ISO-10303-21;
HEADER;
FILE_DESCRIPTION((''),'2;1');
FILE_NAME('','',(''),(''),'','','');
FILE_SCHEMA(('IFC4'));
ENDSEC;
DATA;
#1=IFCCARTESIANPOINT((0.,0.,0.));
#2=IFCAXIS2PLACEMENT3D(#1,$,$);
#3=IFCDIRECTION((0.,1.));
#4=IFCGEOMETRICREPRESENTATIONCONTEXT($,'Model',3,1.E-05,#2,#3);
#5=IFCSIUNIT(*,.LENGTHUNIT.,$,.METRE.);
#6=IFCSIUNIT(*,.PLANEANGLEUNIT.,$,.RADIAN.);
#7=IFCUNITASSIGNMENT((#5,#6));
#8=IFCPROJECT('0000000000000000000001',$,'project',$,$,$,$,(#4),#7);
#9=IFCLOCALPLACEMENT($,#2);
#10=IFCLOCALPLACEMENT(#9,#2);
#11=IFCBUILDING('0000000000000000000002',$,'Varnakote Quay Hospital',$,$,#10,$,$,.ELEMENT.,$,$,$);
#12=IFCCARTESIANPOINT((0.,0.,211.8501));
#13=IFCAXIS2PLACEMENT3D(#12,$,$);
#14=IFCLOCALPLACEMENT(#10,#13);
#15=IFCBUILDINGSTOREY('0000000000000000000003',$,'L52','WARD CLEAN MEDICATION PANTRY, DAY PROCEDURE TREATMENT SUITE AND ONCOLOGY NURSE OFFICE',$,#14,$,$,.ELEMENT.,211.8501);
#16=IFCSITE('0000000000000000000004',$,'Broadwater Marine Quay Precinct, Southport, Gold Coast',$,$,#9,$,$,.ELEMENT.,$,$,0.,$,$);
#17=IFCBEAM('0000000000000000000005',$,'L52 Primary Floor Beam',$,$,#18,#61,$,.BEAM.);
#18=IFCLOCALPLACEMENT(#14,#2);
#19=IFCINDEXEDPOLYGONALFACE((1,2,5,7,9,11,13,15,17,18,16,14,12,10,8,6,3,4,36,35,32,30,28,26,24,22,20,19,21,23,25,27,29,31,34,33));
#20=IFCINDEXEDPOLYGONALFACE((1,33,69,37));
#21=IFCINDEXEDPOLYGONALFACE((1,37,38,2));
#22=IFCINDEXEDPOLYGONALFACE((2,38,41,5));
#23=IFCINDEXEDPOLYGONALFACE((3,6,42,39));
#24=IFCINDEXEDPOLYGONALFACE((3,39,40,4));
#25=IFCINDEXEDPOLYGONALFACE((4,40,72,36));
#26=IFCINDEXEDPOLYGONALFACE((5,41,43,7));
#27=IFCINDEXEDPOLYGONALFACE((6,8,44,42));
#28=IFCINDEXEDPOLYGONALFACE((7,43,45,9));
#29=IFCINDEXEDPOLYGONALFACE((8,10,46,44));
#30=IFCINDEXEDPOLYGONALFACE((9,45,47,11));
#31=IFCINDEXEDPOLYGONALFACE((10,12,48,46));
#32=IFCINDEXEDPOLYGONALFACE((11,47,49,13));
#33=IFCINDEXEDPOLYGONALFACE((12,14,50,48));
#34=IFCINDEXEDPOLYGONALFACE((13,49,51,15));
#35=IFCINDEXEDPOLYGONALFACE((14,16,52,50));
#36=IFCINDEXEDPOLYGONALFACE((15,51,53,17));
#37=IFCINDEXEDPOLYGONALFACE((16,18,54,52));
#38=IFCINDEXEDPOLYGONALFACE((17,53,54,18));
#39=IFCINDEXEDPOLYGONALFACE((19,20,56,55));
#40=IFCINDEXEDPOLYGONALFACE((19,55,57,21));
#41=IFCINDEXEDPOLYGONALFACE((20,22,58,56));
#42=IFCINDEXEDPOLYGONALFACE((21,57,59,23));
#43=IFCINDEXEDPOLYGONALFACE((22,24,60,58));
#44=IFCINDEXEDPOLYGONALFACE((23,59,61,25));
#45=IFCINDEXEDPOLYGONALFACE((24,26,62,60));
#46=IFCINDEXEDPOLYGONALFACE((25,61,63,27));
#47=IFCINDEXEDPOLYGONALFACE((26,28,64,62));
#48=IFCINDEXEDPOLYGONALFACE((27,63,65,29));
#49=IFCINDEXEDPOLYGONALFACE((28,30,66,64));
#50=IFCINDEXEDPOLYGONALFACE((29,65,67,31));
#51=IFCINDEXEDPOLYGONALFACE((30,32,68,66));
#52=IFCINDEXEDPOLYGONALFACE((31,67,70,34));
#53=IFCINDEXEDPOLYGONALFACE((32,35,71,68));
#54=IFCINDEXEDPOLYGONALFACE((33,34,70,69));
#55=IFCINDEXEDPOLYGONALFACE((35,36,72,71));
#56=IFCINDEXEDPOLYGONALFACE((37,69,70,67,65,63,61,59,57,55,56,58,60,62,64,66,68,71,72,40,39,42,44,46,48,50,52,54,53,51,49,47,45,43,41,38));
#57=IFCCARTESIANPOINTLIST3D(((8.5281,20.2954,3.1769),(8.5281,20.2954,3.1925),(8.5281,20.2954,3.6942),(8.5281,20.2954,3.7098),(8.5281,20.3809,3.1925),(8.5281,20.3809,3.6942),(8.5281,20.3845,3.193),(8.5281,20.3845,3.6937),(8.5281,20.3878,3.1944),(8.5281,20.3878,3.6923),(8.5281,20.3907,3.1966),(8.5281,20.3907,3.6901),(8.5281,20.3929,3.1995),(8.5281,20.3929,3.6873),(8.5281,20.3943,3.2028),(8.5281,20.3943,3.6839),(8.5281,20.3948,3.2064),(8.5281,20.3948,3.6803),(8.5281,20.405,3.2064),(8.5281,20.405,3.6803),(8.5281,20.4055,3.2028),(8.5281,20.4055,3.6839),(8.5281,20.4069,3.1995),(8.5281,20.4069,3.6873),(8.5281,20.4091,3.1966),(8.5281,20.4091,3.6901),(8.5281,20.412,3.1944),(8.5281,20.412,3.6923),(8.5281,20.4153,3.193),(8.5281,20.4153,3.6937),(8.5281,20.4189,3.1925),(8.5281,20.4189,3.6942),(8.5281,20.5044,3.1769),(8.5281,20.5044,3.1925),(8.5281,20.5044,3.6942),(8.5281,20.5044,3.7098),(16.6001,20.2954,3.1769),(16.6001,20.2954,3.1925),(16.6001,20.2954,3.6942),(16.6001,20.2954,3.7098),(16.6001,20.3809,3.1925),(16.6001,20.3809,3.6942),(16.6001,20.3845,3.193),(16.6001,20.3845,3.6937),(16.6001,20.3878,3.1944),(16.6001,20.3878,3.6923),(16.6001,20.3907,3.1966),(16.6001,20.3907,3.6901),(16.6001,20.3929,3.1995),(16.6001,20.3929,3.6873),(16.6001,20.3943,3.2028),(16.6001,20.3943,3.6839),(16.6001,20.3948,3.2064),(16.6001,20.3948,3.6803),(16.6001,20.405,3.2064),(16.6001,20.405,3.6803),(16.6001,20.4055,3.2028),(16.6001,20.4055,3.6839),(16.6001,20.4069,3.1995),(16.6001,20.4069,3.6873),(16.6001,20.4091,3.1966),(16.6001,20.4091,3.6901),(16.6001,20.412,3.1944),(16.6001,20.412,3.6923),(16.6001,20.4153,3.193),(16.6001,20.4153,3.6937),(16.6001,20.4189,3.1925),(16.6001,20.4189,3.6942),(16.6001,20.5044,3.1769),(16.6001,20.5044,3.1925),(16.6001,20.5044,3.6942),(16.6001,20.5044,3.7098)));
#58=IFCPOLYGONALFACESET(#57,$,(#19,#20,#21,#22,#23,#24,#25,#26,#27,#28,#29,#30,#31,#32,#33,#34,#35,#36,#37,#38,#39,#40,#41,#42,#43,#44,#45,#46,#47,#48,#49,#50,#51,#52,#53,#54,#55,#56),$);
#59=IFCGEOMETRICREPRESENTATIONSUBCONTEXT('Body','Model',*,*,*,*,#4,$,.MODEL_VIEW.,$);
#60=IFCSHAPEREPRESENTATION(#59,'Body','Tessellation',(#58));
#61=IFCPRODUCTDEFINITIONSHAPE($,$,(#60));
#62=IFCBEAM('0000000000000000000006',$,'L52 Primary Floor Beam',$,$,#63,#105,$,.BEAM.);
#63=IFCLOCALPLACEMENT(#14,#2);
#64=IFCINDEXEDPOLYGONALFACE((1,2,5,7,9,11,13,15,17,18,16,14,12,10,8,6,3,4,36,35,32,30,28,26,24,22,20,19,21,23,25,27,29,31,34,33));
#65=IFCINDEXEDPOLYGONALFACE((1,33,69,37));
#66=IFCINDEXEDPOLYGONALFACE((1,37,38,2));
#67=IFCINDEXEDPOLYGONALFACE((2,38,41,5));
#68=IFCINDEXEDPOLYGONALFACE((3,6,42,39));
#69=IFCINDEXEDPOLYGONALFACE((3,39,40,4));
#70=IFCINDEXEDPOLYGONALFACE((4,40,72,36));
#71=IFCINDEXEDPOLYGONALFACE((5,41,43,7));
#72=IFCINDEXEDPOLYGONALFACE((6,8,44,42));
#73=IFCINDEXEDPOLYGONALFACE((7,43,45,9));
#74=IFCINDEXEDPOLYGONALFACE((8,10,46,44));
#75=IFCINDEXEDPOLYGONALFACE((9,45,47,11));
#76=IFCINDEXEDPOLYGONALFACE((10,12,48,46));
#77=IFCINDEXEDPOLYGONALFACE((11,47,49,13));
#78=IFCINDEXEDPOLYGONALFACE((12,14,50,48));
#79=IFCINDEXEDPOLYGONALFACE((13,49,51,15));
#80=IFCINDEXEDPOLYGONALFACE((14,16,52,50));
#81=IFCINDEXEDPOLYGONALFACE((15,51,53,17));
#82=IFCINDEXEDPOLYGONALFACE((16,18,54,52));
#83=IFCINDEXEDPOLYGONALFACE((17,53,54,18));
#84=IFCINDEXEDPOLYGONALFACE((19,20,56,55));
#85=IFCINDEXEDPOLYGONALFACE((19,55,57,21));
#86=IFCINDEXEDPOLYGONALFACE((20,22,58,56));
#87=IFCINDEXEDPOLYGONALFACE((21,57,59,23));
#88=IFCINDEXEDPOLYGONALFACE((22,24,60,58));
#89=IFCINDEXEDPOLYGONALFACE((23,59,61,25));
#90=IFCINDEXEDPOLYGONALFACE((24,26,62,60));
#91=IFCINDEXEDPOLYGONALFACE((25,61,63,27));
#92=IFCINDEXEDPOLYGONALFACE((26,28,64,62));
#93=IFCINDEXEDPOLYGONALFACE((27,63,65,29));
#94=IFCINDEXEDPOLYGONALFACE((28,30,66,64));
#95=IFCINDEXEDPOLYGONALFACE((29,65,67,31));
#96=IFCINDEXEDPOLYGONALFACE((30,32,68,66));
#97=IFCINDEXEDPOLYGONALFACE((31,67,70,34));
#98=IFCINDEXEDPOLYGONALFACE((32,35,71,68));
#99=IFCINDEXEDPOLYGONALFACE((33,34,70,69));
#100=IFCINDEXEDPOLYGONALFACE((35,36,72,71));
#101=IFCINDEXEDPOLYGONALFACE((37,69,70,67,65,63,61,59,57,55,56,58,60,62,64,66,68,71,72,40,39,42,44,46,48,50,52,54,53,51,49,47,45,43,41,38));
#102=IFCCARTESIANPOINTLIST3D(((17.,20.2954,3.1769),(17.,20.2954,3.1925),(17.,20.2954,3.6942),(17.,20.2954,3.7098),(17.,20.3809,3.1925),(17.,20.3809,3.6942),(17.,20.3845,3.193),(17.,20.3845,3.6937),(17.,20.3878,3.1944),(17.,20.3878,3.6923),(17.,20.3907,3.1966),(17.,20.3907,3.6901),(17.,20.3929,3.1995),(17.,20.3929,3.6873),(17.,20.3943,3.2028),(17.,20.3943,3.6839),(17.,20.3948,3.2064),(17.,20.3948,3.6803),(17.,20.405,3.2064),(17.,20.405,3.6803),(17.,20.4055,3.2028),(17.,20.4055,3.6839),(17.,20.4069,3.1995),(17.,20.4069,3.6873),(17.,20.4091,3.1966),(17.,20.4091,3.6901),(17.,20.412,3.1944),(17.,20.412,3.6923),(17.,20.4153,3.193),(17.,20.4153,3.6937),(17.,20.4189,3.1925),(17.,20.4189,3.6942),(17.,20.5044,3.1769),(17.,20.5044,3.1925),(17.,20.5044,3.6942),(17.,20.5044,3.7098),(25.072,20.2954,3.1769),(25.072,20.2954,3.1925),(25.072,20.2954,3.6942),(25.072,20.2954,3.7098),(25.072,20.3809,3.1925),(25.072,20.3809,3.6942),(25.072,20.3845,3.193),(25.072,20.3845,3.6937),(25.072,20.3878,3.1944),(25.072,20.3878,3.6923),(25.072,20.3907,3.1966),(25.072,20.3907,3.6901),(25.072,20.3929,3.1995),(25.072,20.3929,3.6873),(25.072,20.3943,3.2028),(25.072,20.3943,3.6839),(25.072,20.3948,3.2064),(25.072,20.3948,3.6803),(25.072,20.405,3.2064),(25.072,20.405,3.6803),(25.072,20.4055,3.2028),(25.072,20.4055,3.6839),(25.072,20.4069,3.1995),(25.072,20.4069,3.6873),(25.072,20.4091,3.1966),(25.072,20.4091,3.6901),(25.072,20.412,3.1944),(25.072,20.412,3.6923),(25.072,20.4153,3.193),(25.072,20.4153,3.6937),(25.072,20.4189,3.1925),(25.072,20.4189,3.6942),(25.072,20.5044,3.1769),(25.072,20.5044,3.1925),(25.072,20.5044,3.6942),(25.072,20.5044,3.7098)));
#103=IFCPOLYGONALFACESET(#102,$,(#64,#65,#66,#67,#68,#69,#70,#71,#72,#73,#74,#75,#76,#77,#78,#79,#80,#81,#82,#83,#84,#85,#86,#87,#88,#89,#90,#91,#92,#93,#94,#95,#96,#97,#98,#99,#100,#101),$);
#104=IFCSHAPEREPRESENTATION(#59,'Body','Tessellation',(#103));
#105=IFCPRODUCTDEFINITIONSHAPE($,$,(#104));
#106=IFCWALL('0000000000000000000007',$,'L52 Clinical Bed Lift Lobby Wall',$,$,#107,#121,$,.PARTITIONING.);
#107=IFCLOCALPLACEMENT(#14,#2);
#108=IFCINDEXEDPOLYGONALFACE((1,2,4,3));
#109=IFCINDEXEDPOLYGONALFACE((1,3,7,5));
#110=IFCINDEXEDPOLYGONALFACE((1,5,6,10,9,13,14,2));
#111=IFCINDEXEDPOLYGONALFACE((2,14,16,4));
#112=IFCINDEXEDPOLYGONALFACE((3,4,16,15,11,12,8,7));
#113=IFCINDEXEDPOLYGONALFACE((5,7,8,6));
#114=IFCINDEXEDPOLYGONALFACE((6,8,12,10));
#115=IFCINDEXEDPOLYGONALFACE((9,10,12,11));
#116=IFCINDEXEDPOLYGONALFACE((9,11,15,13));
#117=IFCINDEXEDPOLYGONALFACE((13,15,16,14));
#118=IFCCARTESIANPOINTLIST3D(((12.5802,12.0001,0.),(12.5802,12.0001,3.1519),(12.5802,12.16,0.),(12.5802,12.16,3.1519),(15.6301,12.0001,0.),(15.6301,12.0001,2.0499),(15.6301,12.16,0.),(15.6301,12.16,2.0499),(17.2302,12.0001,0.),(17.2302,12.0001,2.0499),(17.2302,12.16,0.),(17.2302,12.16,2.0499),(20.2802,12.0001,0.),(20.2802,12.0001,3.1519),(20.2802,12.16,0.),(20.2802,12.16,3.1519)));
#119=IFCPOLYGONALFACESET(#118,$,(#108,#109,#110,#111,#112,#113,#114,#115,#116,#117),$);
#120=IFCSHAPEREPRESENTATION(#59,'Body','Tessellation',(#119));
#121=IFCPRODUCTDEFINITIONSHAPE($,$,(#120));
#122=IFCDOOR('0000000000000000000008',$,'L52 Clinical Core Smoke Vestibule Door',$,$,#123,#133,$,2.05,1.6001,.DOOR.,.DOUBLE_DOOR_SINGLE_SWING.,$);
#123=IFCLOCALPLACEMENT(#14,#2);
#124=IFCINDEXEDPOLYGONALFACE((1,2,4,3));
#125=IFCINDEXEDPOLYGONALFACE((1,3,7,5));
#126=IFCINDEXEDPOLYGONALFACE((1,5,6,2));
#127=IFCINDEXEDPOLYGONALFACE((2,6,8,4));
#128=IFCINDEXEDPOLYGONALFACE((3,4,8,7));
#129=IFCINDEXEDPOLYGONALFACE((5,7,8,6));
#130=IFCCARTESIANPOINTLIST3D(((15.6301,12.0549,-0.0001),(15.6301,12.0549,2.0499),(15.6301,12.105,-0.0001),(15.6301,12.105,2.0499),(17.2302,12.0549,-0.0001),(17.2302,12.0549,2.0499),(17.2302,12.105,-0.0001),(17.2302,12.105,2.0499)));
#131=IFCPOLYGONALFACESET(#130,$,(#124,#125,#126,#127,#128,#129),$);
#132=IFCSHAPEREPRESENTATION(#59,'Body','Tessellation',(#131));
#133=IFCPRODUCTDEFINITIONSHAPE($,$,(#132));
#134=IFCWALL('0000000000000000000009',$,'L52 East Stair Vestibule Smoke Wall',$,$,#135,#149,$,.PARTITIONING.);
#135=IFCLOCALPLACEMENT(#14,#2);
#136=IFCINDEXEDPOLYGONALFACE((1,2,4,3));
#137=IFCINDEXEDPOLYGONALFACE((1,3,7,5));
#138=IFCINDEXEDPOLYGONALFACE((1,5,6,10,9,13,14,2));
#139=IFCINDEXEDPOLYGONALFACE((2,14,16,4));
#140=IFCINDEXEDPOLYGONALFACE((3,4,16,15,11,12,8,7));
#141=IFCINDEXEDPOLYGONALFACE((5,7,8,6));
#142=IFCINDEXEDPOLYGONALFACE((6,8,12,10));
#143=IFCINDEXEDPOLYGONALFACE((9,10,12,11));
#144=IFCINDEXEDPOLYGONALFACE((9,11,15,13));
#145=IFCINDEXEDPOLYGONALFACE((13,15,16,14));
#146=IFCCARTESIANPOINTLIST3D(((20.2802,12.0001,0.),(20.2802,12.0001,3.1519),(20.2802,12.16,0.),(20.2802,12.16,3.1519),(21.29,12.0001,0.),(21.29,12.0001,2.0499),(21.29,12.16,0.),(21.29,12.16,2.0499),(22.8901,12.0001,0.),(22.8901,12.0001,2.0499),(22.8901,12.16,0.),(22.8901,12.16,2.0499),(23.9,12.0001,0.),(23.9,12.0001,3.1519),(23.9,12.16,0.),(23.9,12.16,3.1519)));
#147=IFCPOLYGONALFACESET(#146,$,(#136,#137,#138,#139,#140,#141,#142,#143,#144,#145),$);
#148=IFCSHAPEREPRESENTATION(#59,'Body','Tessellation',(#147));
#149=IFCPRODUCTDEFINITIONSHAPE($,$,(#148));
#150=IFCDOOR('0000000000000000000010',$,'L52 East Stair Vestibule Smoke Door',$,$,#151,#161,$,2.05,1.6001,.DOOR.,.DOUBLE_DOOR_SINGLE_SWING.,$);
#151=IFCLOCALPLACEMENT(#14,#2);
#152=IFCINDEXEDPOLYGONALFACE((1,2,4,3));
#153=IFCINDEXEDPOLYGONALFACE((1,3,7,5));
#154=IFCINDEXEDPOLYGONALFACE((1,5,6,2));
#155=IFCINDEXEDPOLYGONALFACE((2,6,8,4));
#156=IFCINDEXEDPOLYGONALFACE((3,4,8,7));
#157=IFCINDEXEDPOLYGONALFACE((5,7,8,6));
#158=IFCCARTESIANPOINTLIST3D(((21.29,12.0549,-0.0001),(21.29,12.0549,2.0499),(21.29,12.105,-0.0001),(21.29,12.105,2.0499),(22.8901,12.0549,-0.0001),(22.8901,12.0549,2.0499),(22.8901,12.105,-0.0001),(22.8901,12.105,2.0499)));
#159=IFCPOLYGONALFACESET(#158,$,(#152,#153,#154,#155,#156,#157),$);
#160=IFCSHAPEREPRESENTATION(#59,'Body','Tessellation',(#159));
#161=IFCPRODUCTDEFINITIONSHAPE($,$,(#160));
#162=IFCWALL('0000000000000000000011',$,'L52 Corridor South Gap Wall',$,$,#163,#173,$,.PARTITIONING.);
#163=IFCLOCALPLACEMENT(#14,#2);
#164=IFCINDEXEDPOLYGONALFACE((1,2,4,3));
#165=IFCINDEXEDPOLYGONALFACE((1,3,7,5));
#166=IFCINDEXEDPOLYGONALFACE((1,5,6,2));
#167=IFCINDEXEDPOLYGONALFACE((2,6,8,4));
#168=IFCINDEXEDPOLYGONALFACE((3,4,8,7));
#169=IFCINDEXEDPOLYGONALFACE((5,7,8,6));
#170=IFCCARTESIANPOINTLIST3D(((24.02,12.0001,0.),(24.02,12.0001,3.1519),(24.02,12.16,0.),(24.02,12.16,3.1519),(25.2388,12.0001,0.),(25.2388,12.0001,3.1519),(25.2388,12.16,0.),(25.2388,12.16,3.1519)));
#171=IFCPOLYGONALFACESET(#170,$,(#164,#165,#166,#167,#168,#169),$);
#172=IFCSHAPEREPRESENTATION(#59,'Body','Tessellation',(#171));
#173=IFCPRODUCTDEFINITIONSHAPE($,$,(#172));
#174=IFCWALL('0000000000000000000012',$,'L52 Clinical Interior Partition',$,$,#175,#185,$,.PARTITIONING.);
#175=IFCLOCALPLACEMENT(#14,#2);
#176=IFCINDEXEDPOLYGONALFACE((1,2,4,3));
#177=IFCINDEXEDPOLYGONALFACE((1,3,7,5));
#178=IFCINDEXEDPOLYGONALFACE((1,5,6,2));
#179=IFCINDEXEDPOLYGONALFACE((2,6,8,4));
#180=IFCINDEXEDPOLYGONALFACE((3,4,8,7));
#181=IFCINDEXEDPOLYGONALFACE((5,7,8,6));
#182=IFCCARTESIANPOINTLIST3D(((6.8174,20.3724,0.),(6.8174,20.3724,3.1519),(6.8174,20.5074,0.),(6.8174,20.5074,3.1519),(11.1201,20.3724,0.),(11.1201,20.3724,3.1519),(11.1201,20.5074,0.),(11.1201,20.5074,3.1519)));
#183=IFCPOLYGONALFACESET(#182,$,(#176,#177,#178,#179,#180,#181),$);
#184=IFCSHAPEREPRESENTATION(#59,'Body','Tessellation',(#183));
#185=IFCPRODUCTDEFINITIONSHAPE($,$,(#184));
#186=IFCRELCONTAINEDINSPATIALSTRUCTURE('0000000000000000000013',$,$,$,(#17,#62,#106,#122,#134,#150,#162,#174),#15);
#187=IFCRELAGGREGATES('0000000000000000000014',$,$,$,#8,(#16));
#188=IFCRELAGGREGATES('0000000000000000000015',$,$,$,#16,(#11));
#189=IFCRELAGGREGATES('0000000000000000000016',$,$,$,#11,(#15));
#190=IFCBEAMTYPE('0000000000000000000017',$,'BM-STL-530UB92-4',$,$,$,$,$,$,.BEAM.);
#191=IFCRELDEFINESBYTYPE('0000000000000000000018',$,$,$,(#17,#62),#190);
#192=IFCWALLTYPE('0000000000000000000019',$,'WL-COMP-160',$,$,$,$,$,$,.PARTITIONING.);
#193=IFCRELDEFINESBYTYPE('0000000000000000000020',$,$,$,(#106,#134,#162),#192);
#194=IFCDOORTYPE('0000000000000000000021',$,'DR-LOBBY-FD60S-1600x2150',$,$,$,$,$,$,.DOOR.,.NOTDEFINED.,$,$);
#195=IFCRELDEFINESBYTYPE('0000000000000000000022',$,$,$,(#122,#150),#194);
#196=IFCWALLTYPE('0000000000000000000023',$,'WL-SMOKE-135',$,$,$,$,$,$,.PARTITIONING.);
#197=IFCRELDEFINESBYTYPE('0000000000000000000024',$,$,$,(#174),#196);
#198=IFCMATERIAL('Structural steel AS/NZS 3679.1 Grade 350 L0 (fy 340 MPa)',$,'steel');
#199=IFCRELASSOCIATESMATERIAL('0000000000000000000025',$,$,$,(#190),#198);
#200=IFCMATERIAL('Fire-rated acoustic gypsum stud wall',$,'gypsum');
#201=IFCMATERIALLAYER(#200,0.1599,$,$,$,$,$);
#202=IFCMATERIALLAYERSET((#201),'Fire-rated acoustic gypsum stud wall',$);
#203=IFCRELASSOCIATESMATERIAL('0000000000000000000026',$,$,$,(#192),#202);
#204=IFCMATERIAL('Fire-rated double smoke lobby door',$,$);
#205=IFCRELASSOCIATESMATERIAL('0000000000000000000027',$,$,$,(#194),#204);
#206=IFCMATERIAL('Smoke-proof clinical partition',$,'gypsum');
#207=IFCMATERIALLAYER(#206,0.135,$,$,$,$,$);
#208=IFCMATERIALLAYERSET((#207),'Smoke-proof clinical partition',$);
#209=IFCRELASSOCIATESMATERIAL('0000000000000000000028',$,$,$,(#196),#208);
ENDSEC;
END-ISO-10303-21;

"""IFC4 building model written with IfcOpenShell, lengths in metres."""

from ifc_helpers import new_model, si_unit, direction, frame, frame_2d, origin, origin_2d, place, context, subcontext, project, spatial, rectangle, i_section, extrude, material, layer, layer_set, material_profile, profile_set, type_object, element, fill, save


model = new_model("IFC4")

# Units and contexts
model_context = context("Model", 3, precision=1e-05, world=origin(), true_north=direction((0.0, 1.0)))
body_context = subcontext(model_context, "Body", "Model", "MODEL_VIEW")
ifc_project = project(units=[si_unit("LENGTHUNIT", "METRE"), si_unit("PLANEANGLEUNIT", "RADIAN")], contexts=[model_context])

# Site, building, storey
site_placement = place(None, origin())
site = spatial("IfcSite", under=ifc_project, at=site_placement, Name="Broadwater Marine Quay Precinct, Southport, Gold Coast", CompositionType="ELEMENT", RefElevation=0.0)
building_placement = place(site_placement, origin())
building = spatial("IfcBuilding", under=site, at=building_placement, Name="Varnakote Quay Hospital", CompositionType="ELEMENT")
storey_placement = place(building_placement, frame((0.0, 0.0, 211.8501)))
storey = spatial("IfcBuildingStorey", under=building, at=storey_placement, Name="L52", Description="WARD CLEAN MEDICATION PANTRY, DAY PROCEDURE TREATMENT SUITE AND ONCOLOGY NURSE OFFICE", CompositionType="ELEMENT", Elevation=211.8501)

# Beams
ifc_material_1 = material(Name="Structural steel AS/NZS 3679.1 Grade 350 L0 (fy 340 MPa)", Category="steel")
ifc_material_profile_1 = material_profile(ifc_material_1, i_section(OverallWidth=0.209, OverallDepth=0.533, WebThickness=0.0103, FlangeThickness=0.0156, FilletRadius=0.0139, at=origin_2d()), Name="530UB92.4")
ifc_profile_set_1 = profile_set([ifc_material_profile_1], Name="Structural steel AS/NZS 3679.1 Grade 350 L0 (fy 340 MPa)")
beam_type_1 = type_object("IfcBeamType", Name="BM-STL-530UB92-4", PredefinedType="BEAM", material=ifc_profile_set_1)
for number, where, z_axis, x_axis, name in (
    (1, (8.5281, 20.3999, 3.4434), (1.0, 0.0, 0.0), (0.0, 1.0, 0.0), "L52 Primary Floor Beam"),
    (2, (17.0, 20.3999, 3.4434), (1.0, 0.0, 0.0), (0.0, 1.0, 0.0), "L52 Primary Floor Beam"),
):
    element("IfcBeam", number, at=place(storey_placement, frame(where, z_axis=z_axis, x_axis=x_axis)), inside=storey, type_object=beam_type_1, Name=name, PredefinedType="BEAM", context=body_context, shape_type="SweptSolid", body=[
        extrude(i_section(OverallWidth=0.209, OverallDepth=0.533, WebThickness=0.0103, FlangeThickness=0.0156, FilletRadius=0.0139, at=origin_2d()), origin(), (0.0, 0.0, 1.0), 8.072),
    ])

# Walls, openings, doors
ifc_material_2 = material(Name="Fire-rated acoustic gypsum stud wall", Category="gypsum")
ifc_layer_1 = layer(ifc_material_2, 0.1599)
ifc_layer_set_1 = layer_set([ifc_layer_1], Name="Fire-rated acoustic gypsum stud wall")
wall_type_1 = type_object("IfcWallType", Name="WL-COMP-160", PredefinedType="PARTITIONING", material=ifc_layer_set_1)
wall_1_placement = place(storey_placement, frame((12.5801, 12.0801, 0.0), z_axis=(0.0, 0.0, 1.0), x_axis=(1.0, 0.0, 0.0)))
wall_1 = element("IfcWall", 3, at=wall_1_placement, inside=storey, type_object=wall_type_1, Name="L52 Clinical Bed Lift Lobby Wall", PredefinedType="PARTITIONING", context=body_context, shape_type="SweptSolid", body=[
    extrude(rectangle(XDim=7.7, YDim=0.1599, at=frame_2d((3.8501, 0.0))), origin(), (0.0, 0.0, 1.0), 3.1519),
])
opening_1_placement = place(wall_1_placement, frame((3.05, 0.0, 0.0)))
opening_1 = element("IfcOpeningElement", 4, at=opening_1_placement, cuts=wall_1, PredefinedType="OPENING", context=body_context, shape_type="SweptSolid", body=[
    extrude(rectangle(XDim=1.6001, YDim=2.05, at=frame_2d((0.8, 1.0249))), frame((0.0, 0.0898, 0.0), z_axis=(0.0, -1.0, 0.0), x_axis=(1.0, 0.0, 0.0)), (0.0, 0.0, 1.0), 0.1799),
])
ifc_material_3 = material(Name="Fire-rated double smoke lobby door")
door_type_1 = type_object("IfcDoorType", Name="DR-LOBBY-FD60S-1600x2150", OperationType="NOTDEFINED", PredefinedType="DOOR", material=ifc_material_3)
door_1_placement = place(opening_1_placement, origin())
door_1 = element("IfcDoor", 5, at=door_1_placement, inside=storey, type_object=door_type_1, Name="L52 Clinical Core Smoke Vestibule Door", OperationType="DOUBLE_DOOR_SINGLE_SWING", OverallHeight=2.05, OverallWidth=1.6001, PredefinedType="DOOR", context=body_context, shape_type="SweptSolid", body=[
    extrude(rectangle(XDim=1.6001, YDim=2.05, at=frame_2d((0.8, 1.0249))), frame((0.0, 0.0249, 0.0), z_axis=(0.0, -1.0, 0.0), x_axis=(1.0, 0.0, 0.0)), (0.0, 0.0, 1.0), 0.05),
])
fill(opening_1, door_1)
wall_2_placement = place(storey_placement, frame((20.28, 12.0801, 0.0), z_axis=(0.0, 0.0, 1.0), x_axis=(1.0, 0.0, 0.0)))
wall_2 = element("IfcWall", 6, at=wall_2_placement, inside=storey, type_object=wall_type_1, Name="L52 East Stair Vestibule Smoke Wall", PredefinedType="PARTITIONING", context=body_context, shape_type="SweptSolid", body=[
    extrude(rectangle(XDim=3.6199, YDim=0.1599, at=frame_2d((1.8101, 0.0))), origin(), (0.0, 0.0, 1.0), 3.1519),
])
opening_2_placement = place(wall_2_placement, frame((1.01, 0.0, 0.0)))
opening_2 = element("IfcOpeningElement", 7, at=opening_2_placement, cuts=wall_2, PredefinedType="OPENING", context=body_context, shape_type="SweptSolid", body=[
    extrude(rectangle(XDim=1.6001, YDim=2.05, at=frame_2d((0.8, 1.0249))), frame((0.0, 0.0898, 0.0), z_axis=(0.0, -1.0, 0.0), x_axis=(1.0, 0.0, 0.0)), (0.0, 0.0, 1.0), 0.1799),
])
door_2_placement = place(opening_2_placement, origin())
door_2 = element("IfcDoor", 8, at=door_2_placement, inside=storey, type_object=door_type_1, Name="L52 East Stair Vestibule Smoke Door", OperationType="DOUBLE_DOOR_SINGLE_SWING", OverallHeight=2.05, OverallWidth=1.6001, PredefinedType="DOOR", context=body_context, shape_type="SweptSolid", body=[
    extrude(rectangle(XDim=1.6001, YDim=2.05, at=frame_2d((0.8, 1.0249))), frame((0.0, 0.0249, 0.0), z_axis=(0.0, -1.0, 0.0), x_axis=(1.0, 0.0, 0.0)), (0.0, 0.0, 1.0), 0.05),
])
fill(opening_2, door_2)

# Walls
wall_3_placement = place(storey_placement, frame((24.02, 12.0801, 0.0), z_axis=(0.0, 0.0, 1.0), x_axis=(1.0, 0.0, 0.0)))
element("IfcWall", 9, at=wall_3_placement, inside=storey, type_object=wall_type_1, Name="L52 Corridor South Gap Wall", PredefinedType="PARTITIONING", context=body_context, shape_type="SweptSolid", body=[
    extrude(rectangle(XDim=1.2188, YDim=0.1599, at=frame_2d((0.6094, 0.0))), origin(), (0.0, 0.0, 1.0), 3.1519),
])
ifc_material_4 = material(Name="Smoke-proof clinical partition", Category="gypsum")
ifc_layer_2 = layer(ifc_material_4, 0.135)
ifc_layer_set_2 = layer_set([ifc_layer_2], Name="Smoke-proof clinical partition")
wall_type_2 = type_object("IfcWallType", Name="WL-SMOKE-135", PredefinedType="PARTITIONING", material=ifc_layer_set_2)
wall_4_placement = place(storey_placement, frame((11.1201, 20.4399, 0.0), z_axis=(0.0, 0.0, 1.0), x_axis=(-1.0, 0.0, 0.0)))
element("IfcWall", 10, at=wall_4_placement, inside=storey, type_object=wall_type_2, Name="L52 Clinical Interior Partition", PredefinedType="PARTITIONING", context=body_context, shape_type="SweptSolid", body=[
    extrude(rectangle(XDim=4.3027, YDim=0.135, at=frame_2d((2.1514, 0.0))), origin(), (0.0, 0.0, 1.0), 3.1519),
])

save(model, "model.ifc")
